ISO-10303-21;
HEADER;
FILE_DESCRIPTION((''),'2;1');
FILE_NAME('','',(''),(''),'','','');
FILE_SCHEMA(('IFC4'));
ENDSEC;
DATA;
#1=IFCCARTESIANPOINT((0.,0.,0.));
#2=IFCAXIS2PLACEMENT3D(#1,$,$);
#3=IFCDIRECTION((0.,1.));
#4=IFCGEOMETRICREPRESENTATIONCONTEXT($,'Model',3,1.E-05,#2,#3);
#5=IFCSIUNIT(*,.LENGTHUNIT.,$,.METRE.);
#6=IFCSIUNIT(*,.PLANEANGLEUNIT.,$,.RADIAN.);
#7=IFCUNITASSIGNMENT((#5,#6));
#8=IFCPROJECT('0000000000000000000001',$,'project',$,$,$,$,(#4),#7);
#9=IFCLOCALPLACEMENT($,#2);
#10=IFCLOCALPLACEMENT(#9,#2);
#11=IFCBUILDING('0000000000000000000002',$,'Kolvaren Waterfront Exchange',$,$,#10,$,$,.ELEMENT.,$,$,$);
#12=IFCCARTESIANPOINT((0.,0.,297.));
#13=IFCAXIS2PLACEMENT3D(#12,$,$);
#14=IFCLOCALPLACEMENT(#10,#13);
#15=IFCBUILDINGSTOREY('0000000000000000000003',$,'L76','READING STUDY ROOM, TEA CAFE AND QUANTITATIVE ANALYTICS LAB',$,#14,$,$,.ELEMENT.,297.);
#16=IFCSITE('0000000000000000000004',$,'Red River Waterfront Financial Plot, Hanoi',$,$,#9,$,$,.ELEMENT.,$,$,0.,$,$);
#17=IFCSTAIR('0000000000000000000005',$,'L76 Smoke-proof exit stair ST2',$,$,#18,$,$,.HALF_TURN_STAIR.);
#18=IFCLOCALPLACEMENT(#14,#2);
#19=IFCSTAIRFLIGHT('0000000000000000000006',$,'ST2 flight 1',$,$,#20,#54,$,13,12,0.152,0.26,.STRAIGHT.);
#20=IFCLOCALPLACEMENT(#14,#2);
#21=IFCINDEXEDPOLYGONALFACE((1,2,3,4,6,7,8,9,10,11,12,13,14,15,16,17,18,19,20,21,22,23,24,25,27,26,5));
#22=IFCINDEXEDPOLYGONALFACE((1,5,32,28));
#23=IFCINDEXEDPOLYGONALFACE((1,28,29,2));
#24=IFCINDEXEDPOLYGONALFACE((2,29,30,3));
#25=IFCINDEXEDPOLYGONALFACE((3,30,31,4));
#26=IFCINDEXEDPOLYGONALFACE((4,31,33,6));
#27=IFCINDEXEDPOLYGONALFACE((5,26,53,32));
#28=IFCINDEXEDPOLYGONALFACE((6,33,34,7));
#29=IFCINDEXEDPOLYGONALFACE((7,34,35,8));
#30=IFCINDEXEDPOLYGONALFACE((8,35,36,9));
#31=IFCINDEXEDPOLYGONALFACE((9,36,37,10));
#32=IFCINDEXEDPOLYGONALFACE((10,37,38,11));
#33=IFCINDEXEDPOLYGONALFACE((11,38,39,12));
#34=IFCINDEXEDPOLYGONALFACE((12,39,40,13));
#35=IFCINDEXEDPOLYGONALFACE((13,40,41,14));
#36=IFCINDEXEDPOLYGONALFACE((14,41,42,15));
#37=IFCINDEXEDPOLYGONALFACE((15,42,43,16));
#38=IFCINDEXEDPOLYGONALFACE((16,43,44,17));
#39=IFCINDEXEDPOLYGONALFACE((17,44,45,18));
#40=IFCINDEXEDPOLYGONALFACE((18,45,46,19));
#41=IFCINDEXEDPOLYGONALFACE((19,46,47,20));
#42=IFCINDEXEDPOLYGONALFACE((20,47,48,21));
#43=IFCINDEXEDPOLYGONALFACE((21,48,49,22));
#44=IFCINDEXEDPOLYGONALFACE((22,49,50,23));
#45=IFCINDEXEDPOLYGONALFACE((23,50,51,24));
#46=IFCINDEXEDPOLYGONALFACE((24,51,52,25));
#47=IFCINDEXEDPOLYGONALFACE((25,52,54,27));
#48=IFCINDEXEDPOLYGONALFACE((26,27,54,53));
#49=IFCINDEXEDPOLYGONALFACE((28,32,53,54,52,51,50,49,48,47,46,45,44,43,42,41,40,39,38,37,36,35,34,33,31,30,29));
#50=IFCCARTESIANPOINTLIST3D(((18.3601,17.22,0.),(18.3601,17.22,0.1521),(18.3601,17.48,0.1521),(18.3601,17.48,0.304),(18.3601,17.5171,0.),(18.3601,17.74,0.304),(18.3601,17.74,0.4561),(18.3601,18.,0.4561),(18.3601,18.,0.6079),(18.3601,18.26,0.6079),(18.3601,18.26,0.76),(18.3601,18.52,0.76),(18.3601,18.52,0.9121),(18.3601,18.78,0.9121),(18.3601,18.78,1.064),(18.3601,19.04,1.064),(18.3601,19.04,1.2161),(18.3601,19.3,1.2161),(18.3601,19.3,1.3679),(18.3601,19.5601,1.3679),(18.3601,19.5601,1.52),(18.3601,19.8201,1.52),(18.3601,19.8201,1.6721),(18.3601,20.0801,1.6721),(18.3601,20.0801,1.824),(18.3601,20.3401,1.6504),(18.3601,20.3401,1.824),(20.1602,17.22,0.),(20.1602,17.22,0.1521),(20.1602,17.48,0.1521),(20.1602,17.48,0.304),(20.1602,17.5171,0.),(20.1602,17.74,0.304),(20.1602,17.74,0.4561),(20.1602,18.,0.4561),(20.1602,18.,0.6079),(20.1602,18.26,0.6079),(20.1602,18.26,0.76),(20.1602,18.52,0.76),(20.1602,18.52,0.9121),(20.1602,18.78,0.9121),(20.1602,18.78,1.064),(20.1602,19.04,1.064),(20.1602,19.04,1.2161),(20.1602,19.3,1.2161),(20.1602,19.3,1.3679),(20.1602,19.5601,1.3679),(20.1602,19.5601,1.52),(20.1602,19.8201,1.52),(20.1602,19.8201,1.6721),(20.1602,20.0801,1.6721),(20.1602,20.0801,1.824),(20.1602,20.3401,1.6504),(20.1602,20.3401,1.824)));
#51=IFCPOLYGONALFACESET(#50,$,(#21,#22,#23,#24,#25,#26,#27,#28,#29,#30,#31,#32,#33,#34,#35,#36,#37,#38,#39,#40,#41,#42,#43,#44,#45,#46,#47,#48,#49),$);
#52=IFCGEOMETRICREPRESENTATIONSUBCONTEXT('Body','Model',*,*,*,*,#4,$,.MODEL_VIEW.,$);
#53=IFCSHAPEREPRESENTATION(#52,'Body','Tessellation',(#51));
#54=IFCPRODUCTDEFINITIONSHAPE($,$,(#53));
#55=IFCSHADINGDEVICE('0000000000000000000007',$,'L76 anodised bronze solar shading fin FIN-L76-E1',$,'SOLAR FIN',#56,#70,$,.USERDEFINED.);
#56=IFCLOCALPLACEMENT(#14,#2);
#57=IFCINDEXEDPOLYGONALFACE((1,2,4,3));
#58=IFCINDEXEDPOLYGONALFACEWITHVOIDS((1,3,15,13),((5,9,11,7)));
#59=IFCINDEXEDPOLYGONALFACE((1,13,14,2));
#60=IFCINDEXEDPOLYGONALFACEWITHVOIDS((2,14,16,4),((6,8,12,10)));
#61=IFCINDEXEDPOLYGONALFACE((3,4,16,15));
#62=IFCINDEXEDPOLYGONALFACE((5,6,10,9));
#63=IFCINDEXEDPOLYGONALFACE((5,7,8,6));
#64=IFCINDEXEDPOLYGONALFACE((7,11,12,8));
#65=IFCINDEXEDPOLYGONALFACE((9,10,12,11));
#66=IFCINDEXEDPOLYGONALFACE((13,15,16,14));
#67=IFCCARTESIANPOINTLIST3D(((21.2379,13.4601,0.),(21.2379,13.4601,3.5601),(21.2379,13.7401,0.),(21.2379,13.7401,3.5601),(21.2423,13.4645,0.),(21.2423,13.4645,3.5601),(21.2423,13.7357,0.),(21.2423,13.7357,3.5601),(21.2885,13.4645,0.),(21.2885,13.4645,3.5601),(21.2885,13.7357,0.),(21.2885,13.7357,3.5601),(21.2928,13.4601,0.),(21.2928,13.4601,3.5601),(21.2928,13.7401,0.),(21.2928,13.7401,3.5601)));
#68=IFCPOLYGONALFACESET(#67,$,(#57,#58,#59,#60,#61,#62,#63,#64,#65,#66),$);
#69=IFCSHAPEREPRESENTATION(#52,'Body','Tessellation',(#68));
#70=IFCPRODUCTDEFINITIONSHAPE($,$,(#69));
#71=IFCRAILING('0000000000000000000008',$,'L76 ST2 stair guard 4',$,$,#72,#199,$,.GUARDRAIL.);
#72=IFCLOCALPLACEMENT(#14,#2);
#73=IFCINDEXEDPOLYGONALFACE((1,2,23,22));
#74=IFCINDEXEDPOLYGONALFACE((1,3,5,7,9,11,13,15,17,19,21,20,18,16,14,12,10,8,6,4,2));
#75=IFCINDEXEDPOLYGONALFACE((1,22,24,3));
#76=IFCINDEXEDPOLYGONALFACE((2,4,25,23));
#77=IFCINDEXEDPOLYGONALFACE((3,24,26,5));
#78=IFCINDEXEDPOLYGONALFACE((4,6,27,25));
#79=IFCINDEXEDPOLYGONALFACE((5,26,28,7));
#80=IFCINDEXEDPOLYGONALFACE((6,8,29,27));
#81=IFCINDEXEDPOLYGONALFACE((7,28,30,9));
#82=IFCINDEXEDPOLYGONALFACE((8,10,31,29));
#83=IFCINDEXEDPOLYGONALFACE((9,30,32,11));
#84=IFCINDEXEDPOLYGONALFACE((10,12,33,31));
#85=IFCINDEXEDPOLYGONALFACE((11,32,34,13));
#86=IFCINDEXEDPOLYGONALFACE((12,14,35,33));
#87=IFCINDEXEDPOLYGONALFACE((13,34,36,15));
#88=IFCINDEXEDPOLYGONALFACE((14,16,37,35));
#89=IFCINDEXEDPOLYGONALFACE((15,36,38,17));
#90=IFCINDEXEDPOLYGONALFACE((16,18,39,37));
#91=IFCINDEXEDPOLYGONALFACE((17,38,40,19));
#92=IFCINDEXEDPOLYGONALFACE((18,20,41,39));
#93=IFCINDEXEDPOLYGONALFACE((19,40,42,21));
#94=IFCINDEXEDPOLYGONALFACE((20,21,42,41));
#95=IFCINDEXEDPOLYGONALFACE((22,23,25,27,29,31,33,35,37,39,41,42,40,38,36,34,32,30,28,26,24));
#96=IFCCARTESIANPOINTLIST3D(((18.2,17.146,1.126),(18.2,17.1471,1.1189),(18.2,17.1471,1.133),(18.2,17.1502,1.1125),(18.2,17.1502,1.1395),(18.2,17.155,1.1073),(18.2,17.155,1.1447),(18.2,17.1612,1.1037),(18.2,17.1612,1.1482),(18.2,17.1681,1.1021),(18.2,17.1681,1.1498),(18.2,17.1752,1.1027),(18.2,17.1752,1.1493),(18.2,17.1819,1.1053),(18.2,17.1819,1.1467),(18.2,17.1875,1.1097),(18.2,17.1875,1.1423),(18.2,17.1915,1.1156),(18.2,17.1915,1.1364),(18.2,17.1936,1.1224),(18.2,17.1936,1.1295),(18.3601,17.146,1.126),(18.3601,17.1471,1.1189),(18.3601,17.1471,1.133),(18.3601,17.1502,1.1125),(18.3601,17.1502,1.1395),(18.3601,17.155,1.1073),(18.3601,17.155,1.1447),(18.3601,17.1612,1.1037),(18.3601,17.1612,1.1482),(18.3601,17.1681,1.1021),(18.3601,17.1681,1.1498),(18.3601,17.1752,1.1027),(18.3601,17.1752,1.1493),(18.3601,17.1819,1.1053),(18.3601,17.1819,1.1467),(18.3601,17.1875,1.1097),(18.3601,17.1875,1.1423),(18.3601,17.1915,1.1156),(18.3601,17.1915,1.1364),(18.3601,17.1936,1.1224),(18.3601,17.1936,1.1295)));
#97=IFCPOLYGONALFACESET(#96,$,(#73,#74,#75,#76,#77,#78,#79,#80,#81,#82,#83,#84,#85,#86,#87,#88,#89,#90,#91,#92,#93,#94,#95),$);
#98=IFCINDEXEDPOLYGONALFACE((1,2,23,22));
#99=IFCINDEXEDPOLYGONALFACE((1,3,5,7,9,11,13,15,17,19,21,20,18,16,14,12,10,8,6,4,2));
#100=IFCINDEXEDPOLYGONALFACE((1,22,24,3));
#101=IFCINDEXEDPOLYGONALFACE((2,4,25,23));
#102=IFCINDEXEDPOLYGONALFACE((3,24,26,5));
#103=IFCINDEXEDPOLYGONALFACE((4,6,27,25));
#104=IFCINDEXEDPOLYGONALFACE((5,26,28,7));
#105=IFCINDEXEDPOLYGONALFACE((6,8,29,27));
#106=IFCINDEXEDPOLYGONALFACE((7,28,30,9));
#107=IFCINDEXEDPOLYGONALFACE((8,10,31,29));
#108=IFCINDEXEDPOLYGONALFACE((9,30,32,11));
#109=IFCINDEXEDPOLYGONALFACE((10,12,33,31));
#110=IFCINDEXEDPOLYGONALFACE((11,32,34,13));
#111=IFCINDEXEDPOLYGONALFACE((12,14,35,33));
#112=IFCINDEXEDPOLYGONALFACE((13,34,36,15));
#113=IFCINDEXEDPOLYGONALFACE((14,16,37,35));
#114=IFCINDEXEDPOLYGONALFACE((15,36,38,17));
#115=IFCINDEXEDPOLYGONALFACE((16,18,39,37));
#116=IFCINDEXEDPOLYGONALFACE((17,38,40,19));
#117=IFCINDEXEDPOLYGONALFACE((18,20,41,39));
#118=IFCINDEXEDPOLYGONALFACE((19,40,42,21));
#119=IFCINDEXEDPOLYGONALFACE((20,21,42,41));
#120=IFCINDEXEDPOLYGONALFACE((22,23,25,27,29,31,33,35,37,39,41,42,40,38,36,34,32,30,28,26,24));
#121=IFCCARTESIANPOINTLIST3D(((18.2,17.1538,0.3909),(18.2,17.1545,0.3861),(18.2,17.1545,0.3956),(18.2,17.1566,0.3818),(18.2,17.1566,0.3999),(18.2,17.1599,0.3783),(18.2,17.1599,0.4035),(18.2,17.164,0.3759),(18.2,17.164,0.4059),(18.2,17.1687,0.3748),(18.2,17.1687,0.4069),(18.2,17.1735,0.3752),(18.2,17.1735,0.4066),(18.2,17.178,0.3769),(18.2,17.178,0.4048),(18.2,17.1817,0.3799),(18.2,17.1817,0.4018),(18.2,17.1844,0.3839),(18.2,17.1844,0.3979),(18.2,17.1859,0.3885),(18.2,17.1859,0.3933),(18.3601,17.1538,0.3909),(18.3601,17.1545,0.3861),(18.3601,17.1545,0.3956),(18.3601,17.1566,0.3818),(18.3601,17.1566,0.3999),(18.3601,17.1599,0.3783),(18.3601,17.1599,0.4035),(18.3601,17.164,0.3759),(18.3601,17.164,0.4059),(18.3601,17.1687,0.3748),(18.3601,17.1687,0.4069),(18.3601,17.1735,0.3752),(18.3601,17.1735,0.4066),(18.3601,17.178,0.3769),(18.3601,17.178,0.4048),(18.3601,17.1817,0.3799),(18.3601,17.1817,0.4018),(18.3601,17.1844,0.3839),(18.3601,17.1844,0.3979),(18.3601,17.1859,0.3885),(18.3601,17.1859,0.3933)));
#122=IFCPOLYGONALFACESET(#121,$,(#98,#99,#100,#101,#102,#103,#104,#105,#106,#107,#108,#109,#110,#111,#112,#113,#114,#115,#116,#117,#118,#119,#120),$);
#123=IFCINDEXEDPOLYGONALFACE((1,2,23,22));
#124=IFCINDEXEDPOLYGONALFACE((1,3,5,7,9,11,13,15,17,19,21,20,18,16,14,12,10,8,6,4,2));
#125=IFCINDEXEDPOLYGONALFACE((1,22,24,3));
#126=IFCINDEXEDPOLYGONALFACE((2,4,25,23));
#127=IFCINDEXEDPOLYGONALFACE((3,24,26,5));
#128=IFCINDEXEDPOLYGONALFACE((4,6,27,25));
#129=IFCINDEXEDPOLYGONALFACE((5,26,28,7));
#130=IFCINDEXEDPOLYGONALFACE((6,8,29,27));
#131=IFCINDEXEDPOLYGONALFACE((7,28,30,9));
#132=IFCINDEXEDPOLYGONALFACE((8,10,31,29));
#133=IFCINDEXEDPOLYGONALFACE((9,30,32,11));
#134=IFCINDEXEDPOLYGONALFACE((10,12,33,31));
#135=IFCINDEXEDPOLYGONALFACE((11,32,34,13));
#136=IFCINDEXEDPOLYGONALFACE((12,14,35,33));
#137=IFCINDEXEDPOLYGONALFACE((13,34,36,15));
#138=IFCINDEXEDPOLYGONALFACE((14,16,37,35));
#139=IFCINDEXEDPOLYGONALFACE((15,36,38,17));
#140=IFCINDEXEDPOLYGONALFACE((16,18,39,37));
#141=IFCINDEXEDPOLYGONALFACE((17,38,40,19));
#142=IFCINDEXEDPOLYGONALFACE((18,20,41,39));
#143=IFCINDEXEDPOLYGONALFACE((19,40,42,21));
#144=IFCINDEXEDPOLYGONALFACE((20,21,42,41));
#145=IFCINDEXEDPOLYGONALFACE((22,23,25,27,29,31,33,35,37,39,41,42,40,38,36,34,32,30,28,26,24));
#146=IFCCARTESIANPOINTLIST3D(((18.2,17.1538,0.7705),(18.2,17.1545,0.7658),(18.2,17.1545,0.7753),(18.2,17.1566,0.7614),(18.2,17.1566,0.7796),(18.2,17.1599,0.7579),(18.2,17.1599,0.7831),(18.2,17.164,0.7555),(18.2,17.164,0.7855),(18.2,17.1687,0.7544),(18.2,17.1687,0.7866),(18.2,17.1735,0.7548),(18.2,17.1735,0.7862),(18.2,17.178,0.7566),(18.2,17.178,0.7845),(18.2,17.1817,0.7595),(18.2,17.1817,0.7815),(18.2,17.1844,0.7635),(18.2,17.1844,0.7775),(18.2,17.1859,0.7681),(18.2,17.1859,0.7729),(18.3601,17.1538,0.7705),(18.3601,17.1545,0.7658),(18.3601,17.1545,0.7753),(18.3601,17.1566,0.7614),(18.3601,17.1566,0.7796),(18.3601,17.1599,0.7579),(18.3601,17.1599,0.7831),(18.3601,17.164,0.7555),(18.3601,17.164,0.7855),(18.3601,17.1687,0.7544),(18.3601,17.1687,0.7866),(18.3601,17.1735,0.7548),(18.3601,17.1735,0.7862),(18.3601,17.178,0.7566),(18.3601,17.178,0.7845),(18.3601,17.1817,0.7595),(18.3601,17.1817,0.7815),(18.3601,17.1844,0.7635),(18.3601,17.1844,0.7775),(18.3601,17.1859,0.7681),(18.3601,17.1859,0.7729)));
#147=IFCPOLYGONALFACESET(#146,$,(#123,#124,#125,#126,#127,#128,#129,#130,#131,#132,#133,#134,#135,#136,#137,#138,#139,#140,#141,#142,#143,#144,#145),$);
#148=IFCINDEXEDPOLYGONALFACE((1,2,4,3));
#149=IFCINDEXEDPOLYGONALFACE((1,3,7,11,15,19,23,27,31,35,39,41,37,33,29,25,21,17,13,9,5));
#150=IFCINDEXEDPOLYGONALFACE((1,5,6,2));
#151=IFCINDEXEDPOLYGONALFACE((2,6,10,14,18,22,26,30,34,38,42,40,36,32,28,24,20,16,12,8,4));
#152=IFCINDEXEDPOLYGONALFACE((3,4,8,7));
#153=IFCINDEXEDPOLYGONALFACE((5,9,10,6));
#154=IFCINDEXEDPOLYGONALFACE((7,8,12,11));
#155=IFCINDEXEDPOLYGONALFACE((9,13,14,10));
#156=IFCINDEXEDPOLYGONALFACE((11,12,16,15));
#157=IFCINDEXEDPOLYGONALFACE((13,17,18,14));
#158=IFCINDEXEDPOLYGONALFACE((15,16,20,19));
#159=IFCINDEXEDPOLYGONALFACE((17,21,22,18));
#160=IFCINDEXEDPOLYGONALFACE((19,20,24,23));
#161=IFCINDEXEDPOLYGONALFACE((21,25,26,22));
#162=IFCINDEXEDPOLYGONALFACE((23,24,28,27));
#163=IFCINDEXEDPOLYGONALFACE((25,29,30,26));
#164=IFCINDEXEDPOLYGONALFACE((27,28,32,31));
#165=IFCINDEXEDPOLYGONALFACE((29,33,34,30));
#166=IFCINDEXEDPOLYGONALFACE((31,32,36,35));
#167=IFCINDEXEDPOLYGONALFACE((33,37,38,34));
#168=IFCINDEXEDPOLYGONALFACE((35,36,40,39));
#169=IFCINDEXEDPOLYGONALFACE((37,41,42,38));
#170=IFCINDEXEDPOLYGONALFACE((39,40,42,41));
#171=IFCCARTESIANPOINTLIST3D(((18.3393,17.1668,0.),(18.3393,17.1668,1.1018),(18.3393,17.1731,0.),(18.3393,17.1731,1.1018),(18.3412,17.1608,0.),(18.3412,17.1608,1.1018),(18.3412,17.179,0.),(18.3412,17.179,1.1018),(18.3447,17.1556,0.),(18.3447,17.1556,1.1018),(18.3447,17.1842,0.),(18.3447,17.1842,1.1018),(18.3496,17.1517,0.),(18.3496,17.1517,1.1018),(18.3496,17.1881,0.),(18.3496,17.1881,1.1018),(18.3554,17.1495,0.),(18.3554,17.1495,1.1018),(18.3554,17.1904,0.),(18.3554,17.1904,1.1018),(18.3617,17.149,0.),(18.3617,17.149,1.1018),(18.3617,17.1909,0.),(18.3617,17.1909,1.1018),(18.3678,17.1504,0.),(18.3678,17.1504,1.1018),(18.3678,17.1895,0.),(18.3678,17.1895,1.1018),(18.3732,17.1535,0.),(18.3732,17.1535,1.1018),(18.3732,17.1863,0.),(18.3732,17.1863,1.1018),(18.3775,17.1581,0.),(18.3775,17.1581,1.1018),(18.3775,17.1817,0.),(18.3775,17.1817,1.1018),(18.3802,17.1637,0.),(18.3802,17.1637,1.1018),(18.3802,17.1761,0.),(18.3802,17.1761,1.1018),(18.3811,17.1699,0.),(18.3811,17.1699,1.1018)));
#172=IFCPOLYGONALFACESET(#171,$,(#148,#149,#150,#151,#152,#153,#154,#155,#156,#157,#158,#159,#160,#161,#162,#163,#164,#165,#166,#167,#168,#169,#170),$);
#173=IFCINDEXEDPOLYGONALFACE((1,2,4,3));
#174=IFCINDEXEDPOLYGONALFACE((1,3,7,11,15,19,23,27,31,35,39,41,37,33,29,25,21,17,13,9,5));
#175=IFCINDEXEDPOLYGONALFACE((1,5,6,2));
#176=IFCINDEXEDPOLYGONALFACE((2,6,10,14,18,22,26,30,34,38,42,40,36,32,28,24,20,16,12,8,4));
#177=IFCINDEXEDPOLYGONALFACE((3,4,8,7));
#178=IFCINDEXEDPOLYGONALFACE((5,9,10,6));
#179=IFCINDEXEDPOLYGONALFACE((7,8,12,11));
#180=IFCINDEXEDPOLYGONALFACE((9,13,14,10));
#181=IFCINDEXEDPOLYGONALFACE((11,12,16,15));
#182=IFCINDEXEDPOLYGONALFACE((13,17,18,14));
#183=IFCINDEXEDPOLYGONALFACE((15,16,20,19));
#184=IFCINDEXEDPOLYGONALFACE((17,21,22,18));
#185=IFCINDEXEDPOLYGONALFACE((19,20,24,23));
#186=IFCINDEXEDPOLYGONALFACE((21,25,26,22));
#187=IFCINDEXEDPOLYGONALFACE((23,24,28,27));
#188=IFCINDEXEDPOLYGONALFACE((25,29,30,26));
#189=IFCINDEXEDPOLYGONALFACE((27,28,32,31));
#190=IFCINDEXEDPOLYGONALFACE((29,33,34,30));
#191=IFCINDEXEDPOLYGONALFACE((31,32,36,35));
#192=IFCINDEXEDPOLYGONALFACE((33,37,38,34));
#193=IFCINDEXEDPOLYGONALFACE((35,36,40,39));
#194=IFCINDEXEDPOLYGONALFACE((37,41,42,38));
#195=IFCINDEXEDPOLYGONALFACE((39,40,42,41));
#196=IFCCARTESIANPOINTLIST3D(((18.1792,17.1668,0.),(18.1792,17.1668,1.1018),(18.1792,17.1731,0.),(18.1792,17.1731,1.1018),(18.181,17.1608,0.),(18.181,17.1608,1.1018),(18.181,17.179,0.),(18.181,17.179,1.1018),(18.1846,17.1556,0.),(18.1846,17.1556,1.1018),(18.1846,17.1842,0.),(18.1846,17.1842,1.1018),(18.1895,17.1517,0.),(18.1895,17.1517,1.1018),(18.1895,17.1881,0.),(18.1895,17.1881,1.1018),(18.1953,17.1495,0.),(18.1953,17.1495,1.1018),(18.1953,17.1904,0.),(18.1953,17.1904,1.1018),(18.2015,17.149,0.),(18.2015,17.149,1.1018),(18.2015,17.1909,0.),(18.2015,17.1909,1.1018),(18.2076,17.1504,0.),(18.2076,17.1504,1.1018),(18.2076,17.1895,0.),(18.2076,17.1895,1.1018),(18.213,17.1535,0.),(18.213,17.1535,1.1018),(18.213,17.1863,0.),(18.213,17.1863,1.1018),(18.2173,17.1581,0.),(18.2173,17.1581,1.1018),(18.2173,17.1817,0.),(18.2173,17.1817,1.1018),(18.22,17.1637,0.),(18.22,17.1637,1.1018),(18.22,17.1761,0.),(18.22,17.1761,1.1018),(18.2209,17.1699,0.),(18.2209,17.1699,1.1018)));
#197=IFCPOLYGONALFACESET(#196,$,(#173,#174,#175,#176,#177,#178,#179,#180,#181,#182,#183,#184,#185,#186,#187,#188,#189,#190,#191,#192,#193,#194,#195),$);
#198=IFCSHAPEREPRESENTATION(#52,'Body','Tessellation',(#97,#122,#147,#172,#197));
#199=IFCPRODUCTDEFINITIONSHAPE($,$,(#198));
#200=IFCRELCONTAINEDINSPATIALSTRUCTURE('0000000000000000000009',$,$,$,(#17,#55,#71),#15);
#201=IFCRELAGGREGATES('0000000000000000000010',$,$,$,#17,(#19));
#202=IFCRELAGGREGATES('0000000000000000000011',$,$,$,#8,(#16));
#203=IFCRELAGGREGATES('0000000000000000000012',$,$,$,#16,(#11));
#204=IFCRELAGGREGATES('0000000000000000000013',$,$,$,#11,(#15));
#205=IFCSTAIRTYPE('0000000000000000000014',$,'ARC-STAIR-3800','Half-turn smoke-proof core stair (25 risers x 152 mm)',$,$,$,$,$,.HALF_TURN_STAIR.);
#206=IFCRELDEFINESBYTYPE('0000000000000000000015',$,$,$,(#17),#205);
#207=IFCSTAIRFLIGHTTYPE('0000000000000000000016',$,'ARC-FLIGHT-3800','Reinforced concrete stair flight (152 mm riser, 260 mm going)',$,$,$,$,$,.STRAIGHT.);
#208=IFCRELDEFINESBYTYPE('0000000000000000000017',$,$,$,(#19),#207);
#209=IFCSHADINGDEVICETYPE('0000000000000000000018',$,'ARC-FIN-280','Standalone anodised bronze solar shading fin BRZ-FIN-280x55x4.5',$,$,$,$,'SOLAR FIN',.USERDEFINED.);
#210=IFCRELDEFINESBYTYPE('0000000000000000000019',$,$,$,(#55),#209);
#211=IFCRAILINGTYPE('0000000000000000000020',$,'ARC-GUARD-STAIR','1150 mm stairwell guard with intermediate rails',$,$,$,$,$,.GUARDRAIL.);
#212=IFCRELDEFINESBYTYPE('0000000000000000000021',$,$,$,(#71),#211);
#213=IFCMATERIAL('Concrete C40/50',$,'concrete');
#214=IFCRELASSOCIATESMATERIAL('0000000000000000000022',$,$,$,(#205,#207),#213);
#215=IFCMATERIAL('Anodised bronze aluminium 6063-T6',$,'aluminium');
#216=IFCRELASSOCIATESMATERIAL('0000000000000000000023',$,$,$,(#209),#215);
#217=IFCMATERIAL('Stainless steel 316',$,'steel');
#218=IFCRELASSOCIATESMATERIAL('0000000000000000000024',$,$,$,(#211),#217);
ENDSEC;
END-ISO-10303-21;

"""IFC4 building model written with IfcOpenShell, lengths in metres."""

from ifc_helpers import new_model, si_unit, direction, frame, origin, origin_2d, place, context, subcontext, project, spatial, polyline, hollow_rectangle, circle, outline, extrude, material, material_profile, profile_set, type_object, element, aggregate, save


model = new_model("IFC4")

# Units and contexts
model_context = context("Model", 3, precision=1e-05, world=origin(), true_north=direction((0.0, 1.0)))
body_context = subcontext(model_context, "Body", "Model", "MODEL_VIEW")
ifc_project = project(units=[si_unit("LENGTHUNIT", "METRE"), si_unit("PLANEANGLEUNIT", "RADIAN")], contexts=[model_context])

# Site, building, storey
site_placement = place(None, origin())
site = spatial("IfcSite", under=ifc_project, at=site_placement, Name="Red River Waterfront Financial Plot, Hanoi", CompositionType="ELEMENT", RefElevation=0.0)
building_placement = place(site_placement, origin())
building = spatial("IfcBuilding", under=site, at=building_placement, Name="Kolvaren Waterfront Exchange", CompositionType="ELEMENT")
storey_placement = place(building_placement, frame((0.0, 0.0, 297.0)))
storey = spatial("IfcBuildingStorey", under=building, at=storey_placement, Name="L76", Description="READING STUDY ROOM, TEA CAFE AND QUANTITATIVE ANALYTICS LAB", CompositionType="ELEMENT", Elevation=297.0)

# Shared definitions
ifc_material_1 = material(Name="Concrete C40/50", Category="concrete")

# Stair, stair flight
stair_type = type_object("IfcStairType", Name="ARC-STAIR-3800", Description="Half-turn smoke-proof core stair (25 risers x 152 mm)", PredefinedType="HALF_TURN_STAIR", material=ifc_material_1)
stair_placement = place(storey_placement, origin())
stair = element("IfcStair", 1, at=stair_placement, inside=storey, type_object=stair_type, Name="L76 Smoke-proof exit stair ST2", PredefinedType="HALF_TURN_STAIR")
stair_flight_type = type_object("IfcStairFlightType", Name="ARC-FLIGHT-3800", Description="Reinforced concrete stair flight (152 mm riser, 260 mm going)", PredefinedType="STRAIGHT", material=ifc_material_1)
stair_flight_placement = place(storey_placement, frame((19.26, 17.22, 0.0), z_axis=(0.0, 0.0, 1.0), x_axis=(0.0, 1.0, 0.0)))
stair_flight = element("IfcStairFlight", 2, at=stair_flight_placement, type_object=stair_flight_type, Name="ST2 flight 1", NumberOfRisers=13, NumberOfTreads=12, PredefinedType="STRAIGHT", RiserHeight=0.152, TreadLength=0.26, context=body_context, shape_type="SweptSolid", body=[
    extrude(outline(polyline([(0.0, 0.0), (0.0, 0.1521), (0.26, 0.1521), (0.26, 0.304), (0.52, 0.304), (0.52, 0.4561), (0.78, 0.4561), (0.78, 0.6079), (1.04, 0.6079), (1.04, 0.76), (1.3, 0.76), (1.3, 0.9121), (1.5601, 0.9121), (1.5601, 1.064), (1.8201, 1.064), (1.8201, 1.2161), (2.0801, 1.2161), (2.0801, 1.3679), (2.3401, 1.3679), (2.3401, 1.52), (2.6001, 1.52), (2.6001, 1.6721), (2.8601, 1.6721), (2.8601, 1.824), (3.1201, 1.824), (3.1201, 1.9761), (3.1201, 1.6504), (0.2971, 0.0), (0.0, 0.0)])), frame((0.0, 0.8999, 0.0), z_axis=(0.0, -1.0, 0.0), x_axis=(1.0, 0.0, 0.0)), (0.0, 0.0, 1.0), 1.8),
])
aggregate(stair, [stair_flight])

# Shading device
ifc_material_2 = material(Name="Anodised bronze aluminium 6063-T6", Category="aluminium")
ifc_material_profile_1 = material_profile(ifc_material_2, hollow_rectangle(XDim=0.0549, YDim=0.28, WallThickness=0.0044, at=origin_2d()), Name="BRZ-FIN-280x55x4.5")
ifc_profile_set_1 = profile_set([ifc_material_profile_1], Name="Anodised bronze aluminium 6063-T6")
shading_device_type = type_object("IfcShadingDeviceType", Name="ARC-FIN-280", Description="Standalone anodised bronze solar shading fin BRZ-FIN-280x55x4.5", ElementType="SOLAR FIN", PredefinedType="USERDEFINED", material=ifc_profile_set_1)
shading_device_placement = place(storey_placement, frame((21.2654, 13.6001, 0.0), z_axis=(0.0, 0.0, 1.0), x_axis=(1.0, 0.0, 0.0)))
element("IfcShadingDevice", 3, at=shading_device_placement, inside=storey, type_object=shading_device_type, Name="L76 anodised bronze solar shading fin FIN-L76-E1", ObjectType="SOLAR FIN", PredefinedType="USERDEFINED", context=body_context, shape_type="SweptSolid", body=[
    extrude(hollow_rectangle(XDim=0.0549, YDim=0.28, WallThickness=0.0044, at=origin_2d()), origin(), (0.0, 0.0, 1.0), 3.5601),
])

# Railing
ifc_material_3 = material(Name="Stainless steel 316", Category="steel")
railing_type_1 = type_object("IfcRailingType", Name="ARC-GUARD-STAIR", Description="1150 mm stairwell guard with intermediate rails", PredefinedType="GUARDRAIL", material=ifc_material_3)
railing_1_placement = place(storey_placement, frame((18.3601, 17.1699, 0.0)))
element("IfcRailing", 4, at=railing_1_placement, inside=storey, type_object=railing_type_1, Name="L76 ST2 stair guard 4", PredefinedType="GUARDRAIL", context=body_context, shape_type="SweptSolid", body=[
    extrude(circle(Radius=0.0239, at=origin_2d()), frame((0.0, 0.0, 1.126), z_axis=(-1.0, 0.0, 0.0), x_axis=(0.0, -1.0, 0.0)), (0.0, 0.0, 1.0), 0.1602),
    extrude(circle(Radius=0.0161, at=origin_2d()), frame((0.0, 0.0, 0.3909), z_axis=(-1.0, 0.0, 0.0), x_axis=(0.0, -1.0, 0.0)), (0.0, 0.0, 1.0), 0.1602),
    extrude(circle(Radius=0.0161, at=origin_2d()), frame((0.0, 0.0, 0.7705), z_axis=(-1.0, 0.0, 0.0), x_axis=(0.0, -1.0, 0.0)), (0.0, 0.0, 1.0), 0.1602),
    extrude(circle(Radius=0.021, at=origin_2d()), origin(), (0.0, 0.0, 1.0), 1.1018),
    extrude(circle(Radius=0.021, at=origin_2d()), frame((-0.1602, 0.0, 0.0)), (0.0, 0.0, 1.0), 1.1018),
])

save(model, "model.ifc")
